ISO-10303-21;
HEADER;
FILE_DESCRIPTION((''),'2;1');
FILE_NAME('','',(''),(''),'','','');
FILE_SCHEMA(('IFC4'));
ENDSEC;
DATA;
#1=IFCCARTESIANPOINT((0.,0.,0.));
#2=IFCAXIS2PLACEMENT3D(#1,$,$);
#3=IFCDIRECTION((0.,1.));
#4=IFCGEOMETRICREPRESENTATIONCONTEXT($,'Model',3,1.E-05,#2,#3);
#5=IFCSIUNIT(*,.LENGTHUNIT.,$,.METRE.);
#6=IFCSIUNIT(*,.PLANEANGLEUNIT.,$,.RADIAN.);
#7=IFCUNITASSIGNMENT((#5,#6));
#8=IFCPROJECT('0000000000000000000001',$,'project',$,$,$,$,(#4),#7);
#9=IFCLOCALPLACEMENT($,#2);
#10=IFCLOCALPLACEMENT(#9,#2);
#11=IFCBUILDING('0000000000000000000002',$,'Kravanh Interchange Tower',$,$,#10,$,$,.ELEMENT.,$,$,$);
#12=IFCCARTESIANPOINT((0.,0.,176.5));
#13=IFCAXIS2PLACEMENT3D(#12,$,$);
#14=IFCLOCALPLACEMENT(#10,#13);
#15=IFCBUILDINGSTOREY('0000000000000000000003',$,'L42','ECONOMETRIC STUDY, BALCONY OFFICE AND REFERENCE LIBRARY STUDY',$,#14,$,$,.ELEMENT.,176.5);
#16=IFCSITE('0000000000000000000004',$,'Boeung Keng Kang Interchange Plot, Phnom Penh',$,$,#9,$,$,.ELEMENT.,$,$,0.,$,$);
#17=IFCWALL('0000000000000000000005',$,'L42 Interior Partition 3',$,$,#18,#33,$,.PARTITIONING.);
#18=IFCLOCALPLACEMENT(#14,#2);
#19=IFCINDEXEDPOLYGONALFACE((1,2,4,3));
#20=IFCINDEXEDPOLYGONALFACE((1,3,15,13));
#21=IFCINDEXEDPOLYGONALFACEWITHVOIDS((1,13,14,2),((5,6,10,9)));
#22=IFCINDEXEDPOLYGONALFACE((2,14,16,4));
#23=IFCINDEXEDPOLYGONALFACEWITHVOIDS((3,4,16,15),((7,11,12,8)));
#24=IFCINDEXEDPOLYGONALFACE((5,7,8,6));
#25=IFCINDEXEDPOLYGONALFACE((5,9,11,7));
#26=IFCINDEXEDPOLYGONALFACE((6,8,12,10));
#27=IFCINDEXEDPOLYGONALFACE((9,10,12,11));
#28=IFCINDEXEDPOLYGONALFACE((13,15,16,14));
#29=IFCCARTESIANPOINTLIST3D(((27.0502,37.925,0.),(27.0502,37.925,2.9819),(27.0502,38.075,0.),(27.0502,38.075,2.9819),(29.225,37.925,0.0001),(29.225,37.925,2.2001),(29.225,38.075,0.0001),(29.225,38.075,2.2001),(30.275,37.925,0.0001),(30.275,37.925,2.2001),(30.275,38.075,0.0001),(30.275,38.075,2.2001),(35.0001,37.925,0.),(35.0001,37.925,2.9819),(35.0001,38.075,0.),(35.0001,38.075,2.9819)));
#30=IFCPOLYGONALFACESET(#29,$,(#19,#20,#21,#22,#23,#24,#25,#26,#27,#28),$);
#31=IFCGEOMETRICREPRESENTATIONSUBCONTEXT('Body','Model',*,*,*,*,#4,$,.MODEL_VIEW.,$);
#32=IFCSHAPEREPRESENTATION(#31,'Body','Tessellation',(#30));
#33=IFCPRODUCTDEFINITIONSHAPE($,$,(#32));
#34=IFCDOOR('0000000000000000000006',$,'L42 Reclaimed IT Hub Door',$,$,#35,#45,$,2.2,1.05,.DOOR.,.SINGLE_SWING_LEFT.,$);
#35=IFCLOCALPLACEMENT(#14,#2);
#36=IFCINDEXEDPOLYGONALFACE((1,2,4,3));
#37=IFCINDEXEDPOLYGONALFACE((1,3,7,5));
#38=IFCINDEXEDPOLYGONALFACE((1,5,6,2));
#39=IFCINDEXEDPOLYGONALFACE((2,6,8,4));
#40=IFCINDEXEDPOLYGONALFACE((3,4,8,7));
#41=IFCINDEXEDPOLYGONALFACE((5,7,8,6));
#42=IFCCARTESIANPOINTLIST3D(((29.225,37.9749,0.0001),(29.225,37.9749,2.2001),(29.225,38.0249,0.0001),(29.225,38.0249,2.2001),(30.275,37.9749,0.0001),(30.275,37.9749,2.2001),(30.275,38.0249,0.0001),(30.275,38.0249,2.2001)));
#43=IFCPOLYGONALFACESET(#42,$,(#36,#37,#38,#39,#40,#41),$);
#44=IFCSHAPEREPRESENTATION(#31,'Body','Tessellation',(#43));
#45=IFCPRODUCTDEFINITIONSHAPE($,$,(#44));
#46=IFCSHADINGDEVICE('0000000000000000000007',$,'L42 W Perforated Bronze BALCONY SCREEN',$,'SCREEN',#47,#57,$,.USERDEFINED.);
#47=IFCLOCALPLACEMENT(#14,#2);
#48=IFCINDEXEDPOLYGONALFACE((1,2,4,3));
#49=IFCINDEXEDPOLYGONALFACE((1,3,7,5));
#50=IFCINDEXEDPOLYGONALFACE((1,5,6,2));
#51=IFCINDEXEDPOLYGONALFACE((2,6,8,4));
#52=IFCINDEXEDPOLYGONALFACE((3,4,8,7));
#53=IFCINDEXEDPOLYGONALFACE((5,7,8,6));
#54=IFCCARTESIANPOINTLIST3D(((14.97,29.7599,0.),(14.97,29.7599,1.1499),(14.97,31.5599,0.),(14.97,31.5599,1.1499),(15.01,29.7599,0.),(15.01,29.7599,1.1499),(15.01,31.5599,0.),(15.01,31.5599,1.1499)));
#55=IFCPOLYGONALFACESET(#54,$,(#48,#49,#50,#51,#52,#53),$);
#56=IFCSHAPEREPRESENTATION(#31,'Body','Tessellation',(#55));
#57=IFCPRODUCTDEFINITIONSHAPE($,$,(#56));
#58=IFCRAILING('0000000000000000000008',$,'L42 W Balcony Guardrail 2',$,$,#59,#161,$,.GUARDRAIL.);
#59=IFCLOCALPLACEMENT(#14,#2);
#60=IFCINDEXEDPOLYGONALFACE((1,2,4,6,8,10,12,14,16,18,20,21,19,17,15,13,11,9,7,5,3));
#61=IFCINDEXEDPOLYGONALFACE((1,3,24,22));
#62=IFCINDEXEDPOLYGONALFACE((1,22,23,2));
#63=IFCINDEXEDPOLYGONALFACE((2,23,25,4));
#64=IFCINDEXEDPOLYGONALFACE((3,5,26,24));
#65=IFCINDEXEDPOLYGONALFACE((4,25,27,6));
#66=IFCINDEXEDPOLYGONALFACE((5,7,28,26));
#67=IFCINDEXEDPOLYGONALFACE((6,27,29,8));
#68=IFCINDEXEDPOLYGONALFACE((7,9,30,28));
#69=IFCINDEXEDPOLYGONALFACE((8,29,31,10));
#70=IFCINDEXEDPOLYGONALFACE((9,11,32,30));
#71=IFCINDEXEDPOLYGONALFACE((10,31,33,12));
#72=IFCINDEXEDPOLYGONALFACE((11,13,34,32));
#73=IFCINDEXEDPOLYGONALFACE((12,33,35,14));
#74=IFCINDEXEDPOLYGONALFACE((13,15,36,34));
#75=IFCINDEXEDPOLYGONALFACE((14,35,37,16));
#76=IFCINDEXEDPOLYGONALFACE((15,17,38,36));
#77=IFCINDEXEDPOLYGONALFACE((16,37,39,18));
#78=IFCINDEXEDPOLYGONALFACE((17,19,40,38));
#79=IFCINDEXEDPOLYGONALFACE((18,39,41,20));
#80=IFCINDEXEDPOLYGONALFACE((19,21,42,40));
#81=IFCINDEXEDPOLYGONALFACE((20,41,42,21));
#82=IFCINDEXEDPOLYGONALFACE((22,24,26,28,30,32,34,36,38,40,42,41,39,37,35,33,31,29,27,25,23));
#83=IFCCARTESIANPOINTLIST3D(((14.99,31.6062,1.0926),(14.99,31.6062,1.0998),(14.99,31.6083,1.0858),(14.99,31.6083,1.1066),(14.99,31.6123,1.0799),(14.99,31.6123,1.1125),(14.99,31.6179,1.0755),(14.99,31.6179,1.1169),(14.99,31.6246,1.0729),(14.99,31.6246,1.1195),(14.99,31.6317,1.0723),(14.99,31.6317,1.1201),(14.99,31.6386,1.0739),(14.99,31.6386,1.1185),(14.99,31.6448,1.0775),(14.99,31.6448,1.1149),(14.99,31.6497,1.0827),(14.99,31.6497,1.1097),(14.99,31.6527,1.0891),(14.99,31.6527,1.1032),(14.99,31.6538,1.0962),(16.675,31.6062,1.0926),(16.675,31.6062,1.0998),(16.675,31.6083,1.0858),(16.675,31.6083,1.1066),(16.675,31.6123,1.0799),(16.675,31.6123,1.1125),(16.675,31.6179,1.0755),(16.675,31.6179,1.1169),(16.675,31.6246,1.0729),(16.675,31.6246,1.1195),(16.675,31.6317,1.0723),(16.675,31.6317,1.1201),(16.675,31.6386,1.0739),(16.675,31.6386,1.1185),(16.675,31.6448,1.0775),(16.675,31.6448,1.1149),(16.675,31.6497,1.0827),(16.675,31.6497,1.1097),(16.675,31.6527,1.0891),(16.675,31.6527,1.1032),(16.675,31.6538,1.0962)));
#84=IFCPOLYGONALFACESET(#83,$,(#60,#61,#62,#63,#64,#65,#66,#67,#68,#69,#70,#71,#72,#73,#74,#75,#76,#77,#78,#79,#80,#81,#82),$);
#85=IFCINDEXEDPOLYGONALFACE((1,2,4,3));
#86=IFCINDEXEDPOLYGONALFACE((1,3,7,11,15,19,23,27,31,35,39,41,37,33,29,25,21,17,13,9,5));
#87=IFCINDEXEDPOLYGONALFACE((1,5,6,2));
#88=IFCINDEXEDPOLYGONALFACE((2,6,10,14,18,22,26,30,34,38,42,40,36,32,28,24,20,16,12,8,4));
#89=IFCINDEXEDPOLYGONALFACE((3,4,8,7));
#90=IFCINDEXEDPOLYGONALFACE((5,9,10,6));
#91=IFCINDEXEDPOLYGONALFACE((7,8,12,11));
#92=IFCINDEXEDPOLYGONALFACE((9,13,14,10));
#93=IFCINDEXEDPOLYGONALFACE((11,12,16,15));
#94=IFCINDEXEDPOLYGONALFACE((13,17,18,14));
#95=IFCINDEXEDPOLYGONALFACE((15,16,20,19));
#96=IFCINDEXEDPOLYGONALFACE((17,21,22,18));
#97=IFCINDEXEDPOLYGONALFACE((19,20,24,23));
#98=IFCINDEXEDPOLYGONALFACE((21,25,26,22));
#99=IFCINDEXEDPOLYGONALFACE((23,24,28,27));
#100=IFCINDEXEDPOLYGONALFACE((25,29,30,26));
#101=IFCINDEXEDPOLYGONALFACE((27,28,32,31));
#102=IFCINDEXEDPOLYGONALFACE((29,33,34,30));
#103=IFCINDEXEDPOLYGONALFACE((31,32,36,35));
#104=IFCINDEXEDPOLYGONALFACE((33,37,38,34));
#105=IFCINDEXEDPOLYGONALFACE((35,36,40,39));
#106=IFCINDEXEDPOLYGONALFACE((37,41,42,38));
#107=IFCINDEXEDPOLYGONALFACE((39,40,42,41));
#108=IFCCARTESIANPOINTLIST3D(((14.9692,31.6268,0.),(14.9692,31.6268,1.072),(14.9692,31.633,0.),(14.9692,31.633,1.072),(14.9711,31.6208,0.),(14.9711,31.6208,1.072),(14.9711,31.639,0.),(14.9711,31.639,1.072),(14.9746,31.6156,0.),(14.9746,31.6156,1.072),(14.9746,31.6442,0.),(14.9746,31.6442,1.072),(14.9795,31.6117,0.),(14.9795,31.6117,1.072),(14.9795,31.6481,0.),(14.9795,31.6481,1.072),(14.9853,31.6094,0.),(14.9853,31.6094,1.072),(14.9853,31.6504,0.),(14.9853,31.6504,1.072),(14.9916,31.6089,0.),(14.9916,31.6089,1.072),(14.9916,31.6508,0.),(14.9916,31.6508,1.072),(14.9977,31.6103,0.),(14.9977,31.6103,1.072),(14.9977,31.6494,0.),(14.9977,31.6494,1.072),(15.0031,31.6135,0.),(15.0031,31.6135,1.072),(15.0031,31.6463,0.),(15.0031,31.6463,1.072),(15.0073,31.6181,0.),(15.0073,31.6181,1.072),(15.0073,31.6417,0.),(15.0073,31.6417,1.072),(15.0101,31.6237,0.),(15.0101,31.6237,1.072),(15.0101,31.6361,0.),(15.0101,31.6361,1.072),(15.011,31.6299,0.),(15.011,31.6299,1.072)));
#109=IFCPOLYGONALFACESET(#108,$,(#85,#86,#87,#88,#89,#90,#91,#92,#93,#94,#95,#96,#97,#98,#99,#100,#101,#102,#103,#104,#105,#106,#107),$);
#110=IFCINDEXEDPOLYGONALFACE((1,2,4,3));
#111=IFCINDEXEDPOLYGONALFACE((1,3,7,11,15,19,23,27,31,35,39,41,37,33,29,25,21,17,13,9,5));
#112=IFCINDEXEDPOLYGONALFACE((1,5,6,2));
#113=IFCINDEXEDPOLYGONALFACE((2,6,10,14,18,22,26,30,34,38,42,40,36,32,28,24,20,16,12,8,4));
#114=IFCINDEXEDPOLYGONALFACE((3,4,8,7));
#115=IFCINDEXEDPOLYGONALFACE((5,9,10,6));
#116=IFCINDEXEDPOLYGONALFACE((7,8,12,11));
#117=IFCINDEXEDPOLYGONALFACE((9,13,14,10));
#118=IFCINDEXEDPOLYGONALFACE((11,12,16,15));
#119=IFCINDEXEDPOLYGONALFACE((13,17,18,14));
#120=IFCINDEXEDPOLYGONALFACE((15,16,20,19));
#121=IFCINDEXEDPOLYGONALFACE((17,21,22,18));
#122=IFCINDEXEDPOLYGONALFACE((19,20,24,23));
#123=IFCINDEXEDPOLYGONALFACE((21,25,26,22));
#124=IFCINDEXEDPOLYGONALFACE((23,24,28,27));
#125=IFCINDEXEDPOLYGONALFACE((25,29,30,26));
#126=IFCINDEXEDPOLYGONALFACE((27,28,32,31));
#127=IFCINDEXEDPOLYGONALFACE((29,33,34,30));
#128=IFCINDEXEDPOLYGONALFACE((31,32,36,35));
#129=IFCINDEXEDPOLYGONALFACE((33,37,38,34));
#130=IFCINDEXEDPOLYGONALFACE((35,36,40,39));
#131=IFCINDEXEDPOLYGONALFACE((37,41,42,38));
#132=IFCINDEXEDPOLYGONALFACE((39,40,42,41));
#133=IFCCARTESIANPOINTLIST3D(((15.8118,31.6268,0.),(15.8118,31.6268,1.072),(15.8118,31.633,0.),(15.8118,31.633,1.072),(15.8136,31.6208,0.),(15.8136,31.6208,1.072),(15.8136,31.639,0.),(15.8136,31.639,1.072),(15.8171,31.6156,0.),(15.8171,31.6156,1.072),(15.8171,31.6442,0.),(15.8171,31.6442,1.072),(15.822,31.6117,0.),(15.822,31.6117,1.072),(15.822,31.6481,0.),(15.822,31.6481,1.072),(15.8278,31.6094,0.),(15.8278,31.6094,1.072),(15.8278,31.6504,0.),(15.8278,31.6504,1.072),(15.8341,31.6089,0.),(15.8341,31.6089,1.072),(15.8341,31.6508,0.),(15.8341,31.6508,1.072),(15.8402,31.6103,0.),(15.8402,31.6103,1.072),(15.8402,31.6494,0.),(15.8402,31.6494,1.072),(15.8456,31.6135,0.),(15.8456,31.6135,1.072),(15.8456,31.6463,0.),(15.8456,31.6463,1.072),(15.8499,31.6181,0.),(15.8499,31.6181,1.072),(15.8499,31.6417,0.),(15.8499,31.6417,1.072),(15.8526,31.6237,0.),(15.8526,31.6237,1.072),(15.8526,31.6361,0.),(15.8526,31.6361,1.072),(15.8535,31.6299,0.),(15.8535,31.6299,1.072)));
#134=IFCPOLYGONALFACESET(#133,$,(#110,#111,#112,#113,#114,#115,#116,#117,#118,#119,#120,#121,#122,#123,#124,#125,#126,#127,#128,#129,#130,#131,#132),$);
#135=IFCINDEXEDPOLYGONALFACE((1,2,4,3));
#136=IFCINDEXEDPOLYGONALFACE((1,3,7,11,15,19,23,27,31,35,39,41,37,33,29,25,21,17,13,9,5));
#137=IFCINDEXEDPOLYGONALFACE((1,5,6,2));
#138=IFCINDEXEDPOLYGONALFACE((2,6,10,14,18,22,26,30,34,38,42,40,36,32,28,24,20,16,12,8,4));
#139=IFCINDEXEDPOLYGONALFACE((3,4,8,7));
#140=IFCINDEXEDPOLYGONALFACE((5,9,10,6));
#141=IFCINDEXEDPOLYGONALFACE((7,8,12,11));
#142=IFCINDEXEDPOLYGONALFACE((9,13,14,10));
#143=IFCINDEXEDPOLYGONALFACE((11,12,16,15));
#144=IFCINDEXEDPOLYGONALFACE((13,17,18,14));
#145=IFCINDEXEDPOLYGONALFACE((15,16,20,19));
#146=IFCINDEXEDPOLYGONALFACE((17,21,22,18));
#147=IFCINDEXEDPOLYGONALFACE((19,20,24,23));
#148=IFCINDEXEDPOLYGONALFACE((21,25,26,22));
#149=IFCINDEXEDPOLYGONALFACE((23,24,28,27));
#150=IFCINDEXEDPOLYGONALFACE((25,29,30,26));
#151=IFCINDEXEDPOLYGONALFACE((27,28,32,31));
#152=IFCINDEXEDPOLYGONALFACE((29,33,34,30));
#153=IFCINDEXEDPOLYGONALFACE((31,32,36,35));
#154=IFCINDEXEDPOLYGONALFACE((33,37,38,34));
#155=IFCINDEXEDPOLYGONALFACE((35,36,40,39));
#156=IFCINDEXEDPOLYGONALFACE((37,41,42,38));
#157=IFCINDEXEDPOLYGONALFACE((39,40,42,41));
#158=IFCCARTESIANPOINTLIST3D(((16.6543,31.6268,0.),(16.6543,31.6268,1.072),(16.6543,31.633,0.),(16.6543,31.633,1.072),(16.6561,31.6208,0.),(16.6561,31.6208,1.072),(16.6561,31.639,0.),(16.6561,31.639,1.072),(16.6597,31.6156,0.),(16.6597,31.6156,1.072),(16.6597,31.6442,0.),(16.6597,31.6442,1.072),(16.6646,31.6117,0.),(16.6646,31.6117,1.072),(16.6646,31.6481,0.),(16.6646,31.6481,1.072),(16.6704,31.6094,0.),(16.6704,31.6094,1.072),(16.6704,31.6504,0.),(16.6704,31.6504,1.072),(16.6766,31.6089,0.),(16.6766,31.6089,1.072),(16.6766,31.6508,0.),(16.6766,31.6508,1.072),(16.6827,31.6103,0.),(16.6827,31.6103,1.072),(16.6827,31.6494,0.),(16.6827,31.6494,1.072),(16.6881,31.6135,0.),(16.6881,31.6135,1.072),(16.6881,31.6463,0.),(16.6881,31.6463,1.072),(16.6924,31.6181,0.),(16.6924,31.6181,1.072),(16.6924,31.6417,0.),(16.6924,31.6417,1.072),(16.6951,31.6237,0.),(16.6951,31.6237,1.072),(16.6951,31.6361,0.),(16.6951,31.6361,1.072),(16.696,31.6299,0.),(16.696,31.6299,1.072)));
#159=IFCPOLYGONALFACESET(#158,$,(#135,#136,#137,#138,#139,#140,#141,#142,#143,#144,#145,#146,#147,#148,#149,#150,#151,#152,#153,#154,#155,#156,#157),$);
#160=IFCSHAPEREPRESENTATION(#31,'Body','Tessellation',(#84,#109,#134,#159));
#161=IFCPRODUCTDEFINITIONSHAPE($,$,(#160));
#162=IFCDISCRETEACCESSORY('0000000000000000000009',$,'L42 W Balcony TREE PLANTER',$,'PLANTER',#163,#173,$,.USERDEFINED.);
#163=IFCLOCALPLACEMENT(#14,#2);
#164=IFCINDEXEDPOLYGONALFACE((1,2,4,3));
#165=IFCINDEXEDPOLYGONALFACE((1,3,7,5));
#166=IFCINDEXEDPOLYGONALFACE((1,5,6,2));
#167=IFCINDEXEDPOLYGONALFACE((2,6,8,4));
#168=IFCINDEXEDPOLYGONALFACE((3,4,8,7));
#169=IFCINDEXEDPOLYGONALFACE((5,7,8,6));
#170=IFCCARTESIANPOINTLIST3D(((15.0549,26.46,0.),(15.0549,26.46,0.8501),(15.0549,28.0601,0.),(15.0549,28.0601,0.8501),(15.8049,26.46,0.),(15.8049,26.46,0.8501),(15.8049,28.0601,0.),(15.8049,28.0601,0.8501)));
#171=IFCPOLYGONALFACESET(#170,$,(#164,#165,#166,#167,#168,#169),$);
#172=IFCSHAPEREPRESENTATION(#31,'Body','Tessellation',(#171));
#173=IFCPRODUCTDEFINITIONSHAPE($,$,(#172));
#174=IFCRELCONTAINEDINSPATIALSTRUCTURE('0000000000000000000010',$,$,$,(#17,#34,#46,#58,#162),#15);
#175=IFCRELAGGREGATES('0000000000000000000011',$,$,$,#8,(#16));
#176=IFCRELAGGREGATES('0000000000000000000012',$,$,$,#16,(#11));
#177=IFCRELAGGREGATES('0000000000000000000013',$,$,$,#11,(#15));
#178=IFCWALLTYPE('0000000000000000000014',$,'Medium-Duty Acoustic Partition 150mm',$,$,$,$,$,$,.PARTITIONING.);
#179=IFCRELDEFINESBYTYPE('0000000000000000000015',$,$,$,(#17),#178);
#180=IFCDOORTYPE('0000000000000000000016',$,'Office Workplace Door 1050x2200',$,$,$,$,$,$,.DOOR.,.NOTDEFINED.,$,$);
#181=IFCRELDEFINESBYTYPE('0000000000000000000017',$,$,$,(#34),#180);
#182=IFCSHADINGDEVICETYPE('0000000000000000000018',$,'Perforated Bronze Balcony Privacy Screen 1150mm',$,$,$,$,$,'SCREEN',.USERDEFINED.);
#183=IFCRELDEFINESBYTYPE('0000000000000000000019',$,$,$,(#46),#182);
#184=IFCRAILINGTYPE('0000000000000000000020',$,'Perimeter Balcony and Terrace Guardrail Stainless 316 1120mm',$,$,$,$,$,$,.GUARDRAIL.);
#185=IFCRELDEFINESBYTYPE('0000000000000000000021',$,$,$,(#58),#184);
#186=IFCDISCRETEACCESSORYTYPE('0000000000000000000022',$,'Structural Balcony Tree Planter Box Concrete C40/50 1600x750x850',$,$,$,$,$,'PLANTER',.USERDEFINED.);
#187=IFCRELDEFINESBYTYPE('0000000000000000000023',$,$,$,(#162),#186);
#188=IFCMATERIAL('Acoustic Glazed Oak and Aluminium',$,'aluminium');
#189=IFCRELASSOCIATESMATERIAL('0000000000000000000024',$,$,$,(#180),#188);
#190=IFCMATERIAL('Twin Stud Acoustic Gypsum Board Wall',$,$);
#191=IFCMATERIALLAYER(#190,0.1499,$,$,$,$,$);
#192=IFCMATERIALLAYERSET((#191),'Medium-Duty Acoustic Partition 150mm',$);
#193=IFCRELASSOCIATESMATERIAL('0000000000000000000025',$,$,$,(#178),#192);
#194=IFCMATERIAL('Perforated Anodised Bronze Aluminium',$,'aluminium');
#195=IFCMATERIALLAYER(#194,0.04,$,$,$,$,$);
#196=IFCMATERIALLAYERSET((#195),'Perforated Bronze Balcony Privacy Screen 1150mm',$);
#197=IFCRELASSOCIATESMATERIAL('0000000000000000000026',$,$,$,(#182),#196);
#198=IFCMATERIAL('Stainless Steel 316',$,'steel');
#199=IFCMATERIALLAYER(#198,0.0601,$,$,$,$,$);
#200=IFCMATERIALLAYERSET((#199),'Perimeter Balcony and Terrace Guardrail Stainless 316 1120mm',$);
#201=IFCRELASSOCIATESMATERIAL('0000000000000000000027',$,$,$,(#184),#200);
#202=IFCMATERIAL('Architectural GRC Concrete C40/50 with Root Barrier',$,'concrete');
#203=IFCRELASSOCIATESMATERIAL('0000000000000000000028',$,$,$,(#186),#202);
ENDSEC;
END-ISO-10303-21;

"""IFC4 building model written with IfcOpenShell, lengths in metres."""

from ifc_helpers import new_model, si_unit, direction, frame, frame_2d, origin, origin_2d, place, context, subcontext, project, spatial, rectangle, circle, extrude, material, layer, layer_set, type_object, element, fill, save


model = new_model("IFC4")

# Units and contexts
model_context = context("Model", 3, precision=1e-05, world=origin(), true_north=direction((0.0, 1.0)))
body_context = subcontext(model_context, "Body", "Model", "MODEL_VIEW")
ifc_project = project(units=[si_unit("LENGTHUNIT", "METRE"), si_unit("PLANEANGLEUNIT", "RADIAN")], contexts=[model_context])

# Site, building, storey
site_placement = place(None, origin())
site = spatial("IfcSite", under=ifc_project, at=site_placement, Name="Boeung Keng Kang Interchange Plot, Phnom Penh", CompositionType="ELEMENT", RefElevation=0.0)
building_placement = place(site_placement, origin())
building = spatial("IfcBuilding", under=site, at=building_placement, Name="Kravanh Interchange Tower", CompositionType="ELEMENT")
storey_placement = place(building_placement, frame((0.0, 0.0, 176.5)))
storey = spatial("IfcBuildingStorey", under=building, at=storey_placement, Name="L42", Description="ECONOMETRIC STUDY, BALCONY OFFICE AND REFERENCE LIBRARY STUDY", CompositionType="ELEMENT", Elevation=176.5)

# Shared definitions
ifc_material_1 = material(Name="Acoustic Glazed Oak and Aluminium", Category="aluminium")
door_type_1 = type_object("IfcDoorType", Name="Office Workplace Door 1050x2200", OperationType="NOTDEFINED", PredefinedType="DOOR", material=ifc_material_1)

# Wall, opening, door
ifc_material_2 = material(Name="Twin Stud Acoustic Gypsum Board Wall")
ifc_layer_1 = layer(ifc_material_2, 0.1499)
ifc_layer_set_1 = layer_set([ifc_layer_1], Name="Medium-Duty Acoustic Partition 150mm")
wall_type_1 = type_object("IfcWallType", Name="Medium-Duty Acoustic Partition 150mm", PredefinedType="PARTITIONING", material=ifc_layer_set_1)
wall_1_placement = place(storey_placement, frame((27.05, 38.0, 0.0), z_axis=(0.0, 0.0, 1.0), x_axis=(1.0, 0.0, 0.0)))
wall_1 = element("IfcWall", 1, at=wall_1_placement, inside=storey, type_object=wall_type_1, Name="L42 Interior Partition 3", PredefinedType="PARTITIONING", context=body_context, shape_type="SweptSolid", body=[
    extrude(rectangle(XDim=7.95, YDim=0.1499, at=frame_2d((3.9751, 0.0))), origin(), (0.0, 0.0, 1.0), 2.9819),
])
opening_1_placement = place(wall_1_placement, frame((2.175, 0.0, 0.0)))
opening_1 = element("IfcOpeningElement", 2, at=opening_1_placement, cuts=wall_1, PredefinedType="OPENING", context=body_context, shape_type="SweptSolid", body=[
    extrude(rectangle(XDim=1.05, YDim=2.2, at=frame_2d((0.5249, 1.1001))), frame((0.0, 0.085, 0.0), z_axis=(0.0, -1.0, 0.0), x_axis=(1.0, 0.0, 0.0)), (0.0, 0.0, 1.0), 0.1699),
])
door_1_placement = place(opening_1_placement, origin())
door_1 = element("IfcDoor", 3, at=door_1_placement, inside=storey, type_object=door_type_1, Name="L42 Reclaimed IT Hub Door", OperationType="SINGLE_SWING_LEFT", OverallHeight=2.2, OverallWidth=1.05, PredefinedType="DOOR", context=body_context, shape_type="SweptSolid", body=[
    extrude(rectangle(XDim=1.05, YDim=2.2, at=frame_2d((0.5249, 1.1001))), frame((0.0, 0.0249, 0.0), z_axis=(0.0, -1.0, 0.0), x_axis=(1.0, 0.0, 0.0)), (0.0, 0.0, 1.0), 0.05),
])
fill(opening_1, door_1)

# Shading device
ifc_material_3 = material(Name="Perforated Anodised Bronze Aluminium", Category="aluminium")
ifc_layer_2 = layer(ifc_material_3, 0.04)
ifc_layer_set_2 = layer_set([ifc_layer_2], Name="Perforated Bronze Balcony Privacy Screen 1150mm")
shading_device_type = type_object("IfcShadingDeviceType", Name="Perforated Bronze Balcony Privacy Screen 1150mm", ElementType="SCREEN", PredefinedType="USERDEFINED", material=ifc_layer_set_2)
shading_device_placement = place(storey_placement, frame((14.99, 30.6599, 0.0), z_axis=(0.0, 0.0, 1.0), x_axis=(1.0, 0.0, 0.0)))
element("IfcShadingDevice", 4, at=shading_device_placement, inside=storey, type_object=shading_device_type, Name="L42 W Perforated Bronze BALCONY SCREEN", ObjectType="SCREEN", PredefinedType="USERDEFINED", context=body_context, shape_type="SweptSolid", body=[
    extrude(rectangle(XDim=0.04, YDim=1.8, at=origin_2d()), origin(), (0.0, 0.0, 1.0), 1.1499),
])

# Railing
ifc_material_4 = material(Name="Stainless Steel 316", Category="steel")
ifc_layer_3 = layer(ifc_material_4, 0.0601)
ifc_layer_set_3 = layer_set([ifc_layer_3], Name="Perimeter Balcony and Terrace Guardrail Stainless 316 1120mm")
railing_type = type_object("IfcRailingType", Name="Perimeter Balcony and Terrace Guardrail Stainless 316 1120mm", PredefinedType="GUARDRAIL", material=ifc_layer_set_3)
railing_placement = place(storey_placement, frame((14.99, 31.6299, 0.0)))
element("IfcRailing", 5, at=railing_placement, inside=storey, type_object=railing_type, Name="L42 W Balcony Guardrail 2", PredefinedType="GUARDRAIL", context=body_context, shape_type="SweptSolid", body=[
    extrude(circle(Radius=0.0239, at=origin_2d()), frame((0.0, 0.0, 1.0962), z_axis=(1.0, 0.0, 0.0), x_axis=(0.0, 1.0, 0.0)), (0.0, 0.0, 1.0), 1.6851),
    extrude(circle(Radius=0.021, at=origin_2d()), origin(), (0.0, 0.0, 1.0), 1.072),
    extrude(circle(Radius=0.021, at=origin_2d()), frame((0.8425, 0.0, 0.0)), (0.0, 0.0, 1.0), 1.072),
    extrude(circle(Radius=0.021, at=origin_2d()), frame((1.6851, 0.0, 0.0)), (0.0, 0.0, 1.0), 1.072),
])

# Discrete accessory
ifc_material_5 = material(Name="Architectural GRC Concrete C40/50 with Root Barrier", Category="concrete")
discrete_accessory_type = type_object("IfcDiscreteAccessoryType", Name="Structural Balcony Tree Planter Box Concrete C40/50 1600x750x850", ElementType="PLANTER", PredefinedType="USERDEFINED", material=ifc_material_5)
discrete_accessory_placement = place(storey_placement, frame((15.4299, 27.26, 0.0), z_axis=(0.0, 0.0, 1.0), x_axis=(1.0, 0.0, 0.0)))
element("IfcDiscreteAccessory", 6, at=discrete_accessory_placement, inside=storey, type_object=discrete_accessory_type, Name="L42 W Balcony TREE PLANTER", ObjectType="PLANTER", PredefinedType="USERDEFINED", context=body_context, shape_type="SweptSolid", body=[
    extrude(rectangle(XDim=0.75, YDim=1.6001, at=origin_2d()), origin(), (0.0, 0.0, 1.0), 0.8501),
])

save(model, "model.ifc")
